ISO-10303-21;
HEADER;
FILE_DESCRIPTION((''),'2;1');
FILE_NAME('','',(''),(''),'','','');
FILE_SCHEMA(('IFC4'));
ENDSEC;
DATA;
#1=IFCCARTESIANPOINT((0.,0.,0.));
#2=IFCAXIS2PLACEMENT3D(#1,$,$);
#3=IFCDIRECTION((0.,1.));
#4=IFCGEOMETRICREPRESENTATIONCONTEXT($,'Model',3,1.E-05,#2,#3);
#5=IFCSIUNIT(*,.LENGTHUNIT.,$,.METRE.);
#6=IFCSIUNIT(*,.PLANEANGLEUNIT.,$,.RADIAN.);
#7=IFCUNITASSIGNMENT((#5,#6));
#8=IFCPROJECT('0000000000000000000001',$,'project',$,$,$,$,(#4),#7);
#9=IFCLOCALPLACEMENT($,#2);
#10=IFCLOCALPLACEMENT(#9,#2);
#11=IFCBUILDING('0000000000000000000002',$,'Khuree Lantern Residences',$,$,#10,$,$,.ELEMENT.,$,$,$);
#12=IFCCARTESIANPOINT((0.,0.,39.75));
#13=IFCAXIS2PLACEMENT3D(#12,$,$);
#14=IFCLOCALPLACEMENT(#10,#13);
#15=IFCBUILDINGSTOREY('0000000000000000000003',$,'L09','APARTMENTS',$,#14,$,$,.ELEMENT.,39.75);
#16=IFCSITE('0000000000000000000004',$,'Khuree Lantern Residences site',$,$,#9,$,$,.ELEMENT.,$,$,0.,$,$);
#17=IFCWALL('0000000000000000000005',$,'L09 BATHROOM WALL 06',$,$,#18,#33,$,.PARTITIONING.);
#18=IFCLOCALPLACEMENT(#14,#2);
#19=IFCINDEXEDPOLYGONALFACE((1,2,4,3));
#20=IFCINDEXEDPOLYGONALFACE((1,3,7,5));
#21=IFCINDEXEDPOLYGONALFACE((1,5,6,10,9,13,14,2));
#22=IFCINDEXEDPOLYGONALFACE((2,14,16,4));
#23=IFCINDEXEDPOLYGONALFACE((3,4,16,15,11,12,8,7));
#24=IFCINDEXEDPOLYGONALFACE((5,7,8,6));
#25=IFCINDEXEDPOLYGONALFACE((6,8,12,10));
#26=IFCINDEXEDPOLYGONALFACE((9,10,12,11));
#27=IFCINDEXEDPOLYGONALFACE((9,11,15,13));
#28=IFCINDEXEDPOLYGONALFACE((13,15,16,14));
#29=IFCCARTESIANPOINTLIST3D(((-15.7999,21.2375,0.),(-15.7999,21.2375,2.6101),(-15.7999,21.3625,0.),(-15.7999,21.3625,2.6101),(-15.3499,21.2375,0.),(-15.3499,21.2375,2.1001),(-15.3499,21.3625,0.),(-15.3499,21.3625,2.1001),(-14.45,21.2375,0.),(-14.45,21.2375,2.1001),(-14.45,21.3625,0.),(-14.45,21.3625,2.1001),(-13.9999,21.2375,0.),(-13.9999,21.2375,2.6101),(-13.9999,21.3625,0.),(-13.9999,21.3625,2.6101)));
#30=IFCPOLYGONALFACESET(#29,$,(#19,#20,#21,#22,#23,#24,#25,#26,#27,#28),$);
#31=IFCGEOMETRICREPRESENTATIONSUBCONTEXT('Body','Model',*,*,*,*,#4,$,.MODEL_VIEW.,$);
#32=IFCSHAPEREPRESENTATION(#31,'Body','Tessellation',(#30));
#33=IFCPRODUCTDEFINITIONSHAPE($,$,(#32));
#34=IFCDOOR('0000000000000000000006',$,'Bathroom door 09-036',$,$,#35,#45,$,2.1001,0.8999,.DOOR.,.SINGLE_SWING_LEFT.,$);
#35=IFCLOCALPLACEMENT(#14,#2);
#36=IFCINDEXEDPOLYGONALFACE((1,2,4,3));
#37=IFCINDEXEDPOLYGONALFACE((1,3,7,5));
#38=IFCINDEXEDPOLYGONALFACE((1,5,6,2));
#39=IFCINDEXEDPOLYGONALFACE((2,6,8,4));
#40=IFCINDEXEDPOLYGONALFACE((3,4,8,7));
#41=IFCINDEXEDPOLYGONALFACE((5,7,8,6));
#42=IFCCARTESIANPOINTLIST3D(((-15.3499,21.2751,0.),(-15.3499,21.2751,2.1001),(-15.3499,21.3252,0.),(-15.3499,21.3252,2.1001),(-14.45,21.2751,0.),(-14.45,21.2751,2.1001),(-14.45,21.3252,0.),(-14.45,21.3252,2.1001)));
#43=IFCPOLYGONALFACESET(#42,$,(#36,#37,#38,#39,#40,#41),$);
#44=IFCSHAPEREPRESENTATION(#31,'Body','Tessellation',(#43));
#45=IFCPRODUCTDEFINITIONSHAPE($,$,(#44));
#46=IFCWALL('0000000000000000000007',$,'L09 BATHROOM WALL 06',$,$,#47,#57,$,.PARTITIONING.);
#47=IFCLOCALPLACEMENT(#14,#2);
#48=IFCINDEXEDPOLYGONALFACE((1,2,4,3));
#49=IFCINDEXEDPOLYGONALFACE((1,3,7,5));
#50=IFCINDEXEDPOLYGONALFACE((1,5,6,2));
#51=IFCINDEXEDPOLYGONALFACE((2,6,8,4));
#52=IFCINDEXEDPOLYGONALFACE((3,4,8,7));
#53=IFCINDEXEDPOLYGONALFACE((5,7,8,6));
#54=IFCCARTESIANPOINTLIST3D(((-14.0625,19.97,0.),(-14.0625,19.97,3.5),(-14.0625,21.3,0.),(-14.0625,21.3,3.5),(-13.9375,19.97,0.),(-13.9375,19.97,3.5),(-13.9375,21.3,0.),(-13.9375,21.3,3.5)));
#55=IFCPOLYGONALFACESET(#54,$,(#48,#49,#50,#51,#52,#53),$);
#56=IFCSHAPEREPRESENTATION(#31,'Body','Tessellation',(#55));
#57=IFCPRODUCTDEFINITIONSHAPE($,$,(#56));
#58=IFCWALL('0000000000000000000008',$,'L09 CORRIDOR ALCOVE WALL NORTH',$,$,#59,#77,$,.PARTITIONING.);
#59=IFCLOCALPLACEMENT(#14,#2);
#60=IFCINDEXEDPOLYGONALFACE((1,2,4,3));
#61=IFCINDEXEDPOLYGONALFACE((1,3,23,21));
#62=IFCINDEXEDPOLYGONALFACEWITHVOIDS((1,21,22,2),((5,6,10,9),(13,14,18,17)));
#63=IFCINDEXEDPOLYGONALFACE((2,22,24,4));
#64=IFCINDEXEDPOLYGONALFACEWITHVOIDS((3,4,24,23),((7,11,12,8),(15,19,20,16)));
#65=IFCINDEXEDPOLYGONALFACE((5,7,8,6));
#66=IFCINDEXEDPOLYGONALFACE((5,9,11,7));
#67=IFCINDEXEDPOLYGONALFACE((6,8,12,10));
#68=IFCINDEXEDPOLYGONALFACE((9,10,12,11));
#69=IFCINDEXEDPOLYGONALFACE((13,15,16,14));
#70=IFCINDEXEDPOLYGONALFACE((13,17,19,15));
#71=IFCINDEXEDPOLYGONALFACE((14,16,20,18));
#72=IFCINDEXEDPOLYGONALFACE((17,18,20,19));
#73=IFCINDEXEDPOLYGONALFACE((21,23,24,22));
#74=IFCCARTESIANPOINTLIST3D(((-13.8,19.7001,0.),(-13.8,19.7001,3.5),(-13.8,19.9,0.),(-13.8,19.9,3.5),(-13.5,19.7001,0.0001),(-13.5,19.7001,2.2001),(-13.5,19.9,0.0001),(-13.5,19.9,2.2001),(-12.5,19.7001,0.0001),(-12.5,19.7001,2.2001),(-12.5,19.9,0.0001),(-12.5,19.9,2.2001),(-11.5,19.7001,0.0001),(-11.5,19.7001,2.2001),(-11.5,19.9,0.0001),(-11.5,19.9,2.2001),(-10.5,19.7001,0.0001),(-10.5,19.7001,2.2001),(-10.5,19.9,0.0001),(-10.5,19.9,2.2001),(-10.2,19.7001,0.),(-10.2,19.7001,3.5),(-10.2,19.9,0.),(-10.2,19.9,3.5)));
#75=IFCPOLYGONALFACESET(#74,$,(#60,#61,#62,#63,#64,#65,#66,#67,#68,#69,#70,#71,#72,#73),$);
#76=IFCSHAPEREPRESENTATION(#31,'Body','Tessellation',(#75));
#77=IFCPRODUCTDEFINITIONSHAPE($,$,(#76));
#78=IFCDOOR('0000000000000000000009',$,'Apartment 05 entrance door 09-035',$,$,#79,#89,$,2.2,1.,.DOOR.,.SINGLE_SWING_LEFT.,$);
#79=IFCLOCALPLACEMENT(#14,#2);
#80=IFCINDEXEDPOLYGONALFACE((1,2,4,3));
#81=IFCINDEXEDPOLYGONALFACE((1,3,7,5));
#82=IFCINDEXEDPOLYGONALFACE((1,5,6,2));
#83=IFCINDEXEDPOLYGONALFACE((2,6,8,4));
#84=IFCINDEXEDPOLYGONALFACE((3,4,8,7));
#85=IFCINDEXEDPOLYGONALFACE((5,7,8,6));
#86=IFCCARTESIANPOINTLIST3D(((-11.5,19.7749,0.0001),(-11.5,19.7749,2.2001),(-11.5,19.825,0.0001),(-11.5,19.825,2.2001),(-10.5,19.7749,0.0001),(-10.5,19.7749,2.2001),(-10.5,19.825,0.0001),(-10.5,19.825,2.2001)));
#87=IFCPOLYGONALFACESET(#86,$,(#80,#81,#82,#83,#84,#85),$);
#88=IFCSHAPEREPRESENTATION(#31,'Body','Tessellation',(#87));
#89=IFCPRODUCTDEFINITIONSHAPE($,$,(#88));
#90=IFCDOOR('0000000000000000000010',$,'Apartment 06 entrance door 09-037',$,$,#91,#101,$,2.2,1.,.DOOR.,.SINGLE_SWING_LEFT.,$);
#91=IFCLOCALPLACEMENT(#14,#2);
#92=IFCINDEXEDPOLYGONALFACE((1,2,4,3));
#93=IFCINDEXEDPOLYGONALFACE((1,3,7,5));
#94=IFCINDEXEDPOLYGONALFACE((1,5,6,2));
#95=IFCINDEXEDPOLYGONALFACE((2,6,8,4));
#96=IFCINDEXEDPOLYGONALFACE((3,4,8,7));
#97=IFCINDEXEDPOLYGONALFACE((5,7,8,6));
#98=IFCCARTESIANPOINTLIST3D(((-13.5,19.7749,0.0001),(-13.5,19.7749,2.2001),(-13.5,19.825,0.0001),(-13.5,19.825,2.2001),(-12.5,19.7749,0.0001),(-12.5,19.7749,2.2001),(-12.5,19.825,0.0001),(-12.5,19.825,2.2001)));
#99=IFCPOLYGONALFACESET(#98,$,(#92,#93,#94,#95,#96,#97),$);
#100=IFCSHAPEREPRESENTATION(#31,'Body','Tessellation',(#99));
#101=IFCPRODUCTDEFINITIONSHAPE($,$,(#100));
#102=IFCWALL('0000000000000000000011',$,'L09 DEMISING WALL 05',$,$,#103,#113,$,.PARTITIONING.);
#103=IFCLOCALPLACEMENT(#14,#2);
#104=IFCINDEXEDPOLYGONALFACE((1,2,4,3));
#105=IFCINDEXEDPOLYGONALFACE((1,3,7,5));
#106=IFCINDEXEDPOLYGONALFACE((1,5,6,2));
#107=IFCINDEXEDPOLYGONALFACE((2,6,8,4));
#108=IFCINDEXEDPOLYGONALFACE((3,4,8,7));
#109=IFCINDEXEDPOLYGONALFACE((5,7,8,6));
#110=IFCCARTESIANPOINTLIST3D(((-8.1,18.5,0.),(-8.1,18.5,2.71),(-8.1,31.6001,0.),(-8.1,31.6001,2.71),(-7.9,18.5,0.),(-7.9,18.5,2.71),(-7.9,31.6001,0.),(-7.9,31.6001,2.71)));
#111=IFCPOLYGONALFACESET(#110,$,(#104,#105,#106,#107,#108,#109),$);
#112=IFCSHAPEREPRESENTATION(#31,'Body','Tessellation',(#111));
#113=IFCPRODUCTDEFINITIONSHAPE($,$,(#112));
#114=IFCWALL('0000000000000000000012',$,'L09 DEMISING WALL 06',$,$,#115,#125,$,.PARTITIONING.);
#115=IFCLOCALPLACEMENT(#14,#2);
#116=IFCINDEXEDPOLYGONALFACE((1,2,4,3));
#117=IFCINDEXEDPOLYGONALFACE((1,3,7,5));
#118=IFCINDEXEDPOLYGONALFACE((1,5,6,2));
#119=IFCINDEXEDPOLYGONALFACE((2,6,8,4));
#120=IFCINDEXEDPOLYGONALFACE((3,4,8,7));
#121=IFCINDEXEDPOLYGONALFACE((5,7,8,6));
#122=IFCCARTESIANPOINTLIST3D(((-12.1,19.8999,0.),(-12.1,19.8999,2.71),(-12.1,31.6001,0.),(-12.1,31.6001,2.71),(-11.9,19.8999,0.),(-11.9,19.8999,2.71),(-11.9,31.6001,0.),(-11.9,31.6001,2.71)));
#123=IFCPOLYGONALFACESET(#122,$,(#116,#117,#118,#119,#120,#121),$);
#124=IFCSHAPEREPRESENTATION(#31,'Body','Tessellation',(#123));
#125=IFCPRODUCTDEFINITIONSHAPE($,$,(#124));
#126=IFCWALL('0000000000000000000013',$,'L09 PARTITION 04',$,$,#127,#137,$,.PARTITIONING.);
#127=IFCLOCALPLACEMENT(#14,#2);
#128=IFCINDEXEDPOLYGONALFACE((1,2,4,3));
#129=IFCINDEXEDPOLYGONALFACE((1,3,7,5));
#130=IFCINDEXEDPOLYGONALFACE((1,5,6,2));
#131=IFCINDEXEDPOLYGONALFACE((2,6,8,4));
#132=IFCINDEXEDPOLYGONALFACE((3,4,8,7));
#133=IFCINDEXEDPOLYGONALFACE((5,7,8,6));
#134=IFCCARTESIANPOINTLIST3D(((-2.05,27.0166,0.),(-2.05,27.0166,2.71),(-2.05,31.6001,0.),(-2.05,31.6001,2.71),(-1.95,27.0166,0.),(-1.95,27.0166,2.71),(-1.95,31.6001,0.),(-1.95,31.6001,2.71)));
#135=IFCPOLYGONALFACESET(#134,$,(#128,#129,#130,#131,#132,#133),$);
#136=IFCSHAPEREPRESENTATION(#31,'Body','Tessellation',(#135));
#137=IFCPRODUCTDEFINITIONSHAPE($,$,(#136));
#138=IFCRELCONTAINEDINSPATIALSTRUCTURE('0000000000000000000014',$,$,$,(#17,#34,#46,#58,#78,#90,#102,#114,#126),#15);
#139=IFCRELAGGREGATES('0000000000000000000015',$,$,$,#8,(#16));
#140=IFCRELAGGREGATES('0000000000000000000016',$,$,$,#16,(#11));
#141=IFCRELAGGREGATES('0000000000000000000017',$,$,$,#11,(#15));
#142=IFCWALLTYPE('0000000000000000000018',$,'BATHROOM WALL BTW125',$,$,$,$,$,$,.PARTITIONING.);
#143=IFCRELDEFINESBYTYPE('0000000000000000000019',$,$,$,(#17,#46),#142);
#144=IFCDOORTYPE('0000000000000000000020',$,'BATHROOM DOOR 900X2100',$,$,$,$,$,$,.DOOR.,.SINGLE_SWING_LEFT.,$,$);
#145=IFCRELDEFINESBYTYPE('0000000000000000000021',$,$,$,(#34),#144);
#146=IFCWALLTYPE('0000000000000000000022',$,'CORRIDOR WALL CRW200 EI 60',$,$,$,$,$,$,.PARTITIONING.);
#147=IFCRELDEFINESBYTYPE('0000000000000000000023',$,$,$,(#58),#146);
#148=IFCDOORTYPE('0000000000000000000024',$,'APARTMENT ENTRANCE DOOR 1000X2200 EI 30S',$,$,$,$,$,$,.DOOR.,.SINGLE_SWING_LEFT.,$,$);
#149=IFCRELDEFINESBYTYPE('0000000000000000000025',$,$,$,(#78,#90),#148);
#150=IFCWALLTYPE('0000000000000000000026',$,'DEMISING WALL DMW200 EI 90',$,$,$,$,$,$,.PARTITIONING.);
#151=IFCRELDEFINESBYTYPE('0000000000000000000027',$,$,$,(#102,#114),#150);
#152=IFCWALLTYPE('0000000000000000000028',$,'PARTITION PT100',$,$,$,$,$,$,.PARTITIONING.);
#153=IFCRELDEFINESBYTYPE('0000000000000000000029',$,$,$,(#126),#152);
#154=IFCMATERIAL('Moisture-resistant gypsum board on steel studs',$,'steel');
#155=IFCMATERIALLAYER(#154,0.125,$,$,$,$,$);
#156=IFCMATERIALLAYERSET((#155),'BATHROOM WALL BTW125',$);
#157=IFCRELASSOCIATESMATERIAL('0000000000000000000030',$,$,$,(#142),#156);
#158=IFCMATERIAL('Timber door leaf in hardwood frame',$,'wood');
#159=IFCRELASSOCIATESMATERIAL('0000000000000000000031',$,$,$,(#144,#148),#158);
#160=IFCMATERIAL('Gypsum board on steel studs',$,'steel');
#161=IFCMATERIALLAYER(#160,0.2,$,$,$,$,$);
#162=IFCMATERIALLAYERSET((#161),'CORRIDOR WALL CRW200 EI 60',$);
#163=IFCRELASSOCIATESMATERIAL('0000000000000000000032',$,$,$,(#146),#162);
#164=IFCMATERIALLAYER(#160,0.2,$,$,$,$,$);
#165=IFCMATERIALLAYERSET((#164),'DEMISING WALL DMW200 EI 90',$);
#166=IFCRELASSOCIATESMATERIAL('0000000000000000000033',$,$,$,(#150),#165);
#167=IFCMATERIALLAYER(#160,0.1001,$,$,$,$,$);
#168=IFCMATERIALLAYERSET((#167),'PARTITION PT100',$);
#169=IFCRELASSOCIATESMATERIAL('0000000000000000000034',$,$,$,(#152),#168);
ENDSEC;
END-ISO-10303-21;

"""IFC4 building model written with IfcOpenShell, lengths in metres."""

from ifc_helpers import new_model, si_unit, direction, frame, frame_2d, origin, place, context, subcontext, project, spatial, rectangle, extrude, material, layer, layer_set, type_object, element, fill, save


model = new_model("IFC4")

# Units and contexts
model_context = context("Model", 3, precision=1e-05, world=origin(), true_north=direction((0.0, 1.0)))
body_context = subcontext(model_context, "Body", "Model", "MODEL_VIEW")
ifc_project = project(units=[si_unit("LENGTHUNIT", "METRE"), si_unit("PLANEANGLEUNIT", "RADIAN")], contexts=[model_context])

# Site, building, storey
site_placement = place(None, origin())
site = spatial("IfcSite", under=ifc_project, at=site_placement, Name="Khuree Lantern Residences site", CompositionType="ELEMENT", RefElevation=0.0)
building_placement = place(site_placement, origin())
building = spatial("IfcBuilding", under=site, at=building_placement, Name="Khuree Lantern Residences", CompositionType="ELEMENT")
storey_placement = place(building_placement, frame((0.0, 0.0, 39.75)))
storey = spatial("IfcBuildingStorey", under=building, at=storey_placement, Name="L09", Description="APARTMENTS", CompositionType="ELEMENT", Elevation=39.75)

# Wall, opening, door
ifc_material_1 = material(Name="Moisture-resistant gypsum board on steel studs", Category="steel")
ifc_layer_1 = layer(ifc_material_1, 0.125)
ifc_layer_set_1 = layer_set([ifc_layer_1], Name="BATHROOM WALL BTW125")
wall_type_1 = type_object("IfcWallType", Name="BATHROOM WALL BTW125", PredefinedType="PARTITIONING", material=ifc_layer_set_1)
ifc_material_2 = material(Name="Timber door leaf in hardwood frame", Category="wood")
door_type_1 = type_object("IfcDoorType", Name="BATHROOM DOOR 900X2100", OperationType="SINGLE_SWING_LEFT", PredefinedType="DOOR", material=ifc_material_2)
wall_1_placement = place(storey_placement, frame((-14.0, 21.3, 0.0), z_axis=(0.0, 0.0, 1.0), x_axis=(-1.0, 0.0, 0.0)))
wall_1 = element("IfcWall", 1, at=wall_1_placement, inside=storey, type_object=wall_type_1, Name="L09 BATHROOM WALL 06", PredefinedType="PARTITIONING", context=body_context, shape_type="SweptSolid", body=[
    extrude(rectangle(XDim=1.8, YDim=0.125, at=frame_2d((0.8999, 0.0))), origin(), (0.0, 0.0, 1.0), 2.6101),
])
opening_1_placement = place(wall_1_placement, frame((0.45, 0.0, 0.0)))
opening_1 = element("IfcOpeningElement", 2, at=opening_1_placement, cuts=wall_1, PredefinedType="OPENING", context=body_context, shape_type="SweptSolid", body=[
    extrude(rectangle(XDim=0.8999, YDim=2.1001, at=frame_2d((0.45, 1.05))), frame((0.0, 0.0725, 0.0), z_axis=(0.0, -1.0, 0.0), x_axis=(1.0, 0.0, 0.0)), (0.0, 0.0, 1.0), 0.145),
])
door_1_placement = place(opening_1_placement, origin())
door_1 = element("IfcDoor", 3, at=door_1_placement, inside=storey, type_object=door_type_1, Name="Bathroom door 09-036", OperationType="SINGLE_SWING_LEFT", OverallHeight=2.1001, OverallWidth=0.8999, PredefinedType="DOOR", context=body_context, shape_type="SweptSolid", body=[
    extrude(rectangle(XDim=0.8999, YDim=2.1001, at=frame_2d((0.45, 1.05))), frame((0.0, 0.0249, 0.0), z_axis=(0.0, -1.0, 0.0), x_axis=(1.0, 0.0, 0.0)), (0.0, 0.0, 1.0), 0.05),
])
fill(opening_1, door_1)

# Wall
wall_2_placement = place(storey_placement, frame((-14.0, 19.97, 0.0), z_axis=(0.0, 0.0, 1.0), x_axis=(0.0, 1.0, 0.0)))
element("IfcWall", 4, at=wall_2_placement, inside=storey, type_object=wall_type_1, Name="L09 BATHROOM WALL 06", PredefinedType="PARTITIONING", context=body_context, shape_type="SweptSolid", body=[
    extrude(rectangle(XDim=1.3301, YDim=0.125, at=frame_2d((0.665, 0.0))), origin(), (0.0, 0.0, 1.0), 3.5),
])

# Wall, openings, doors
ifc_material_3 = material(Name="Gypsum board on steel studs", Category="steel")
ifc_layer_2 = layer(ifc_material_3, 0.2)
ifc_layer_set_2 = layer_set([ifc_layer_2], Name="CORRIDOR WALL CRW200 EI 60")
wall_type_2 = type_object("IfcWallType", Name="CORRIDOR WALL CRW200 EI 60", PredefinedType="PARTITIONING", material=ifc_layer_set_2)
wall_3_placement = place(storey_placement, frame((-13.8, 19.8, 0.0), z_axis=(0.0, 0.0, 1.0), x_axis=(1.0, 0.0, 0.0)))
wall_3 = element("IfcWall", 5, at=wall_3_placement, inside=storey, type_object=wall_type_2, Name="L09 CORRIDOR ALCOVE WALL NORTH", PredefinedType="PARTITIONING", context=body_context, shape_type="SweptSolid", body=[
    extrude(rectangle(XDim=3.6001, YDim=0.2, at=frame_2d((1.8, 0.0))), origin(), (0.0, 0.0, 1.0), 3.5),
])
opening_2_placement = place(wall_3_placement, frame((2.3, 0.0, 0.0)))
opening_2 = element("IfcOpeningElement", 6, at=opening_2_placement, cuts=wall_3, PredefinedType="OPENING", context=body_context, shape_type="SweptSolid", body=[
    extrude(rectangle(XDim=1.0, YDim=2.2, at=frame_2d((0.5, 1.1001))), frame((0.0, 0.1099, 0.0), z_axis=(0.0, -1.0, 0.0), x_axis=(1.0, 0.0, 0.0)), (0.0, 0.0, 1.0), 0.22),
])
opening_3_placement = place(wall_3_placement, frame((0.3, 0.0, 0.0)))
opening_3 = element("IfcOpeningElement", 7, at=opening_3_placement, cuts=wall_3, PredefinedType="OPENING", context=body_context, shape_type="SweptSolid", body=[
    extrude(rectangle(XDim=1.0, YDim=2.2, at=frame_2d((0.5, 1.1001))), frame((0.0, 0.1099, 0.0), z_axis=(0.0, -1.0, 0.0), x_axis=(1.0, 0.0, 0.0)), (0.0, 0.0, 1.0), 0.22),
])
door_type_2 = type_object("IfcDoorType", Name="APARTMENT ENTRANCE DOOR 1000X2200 EI 30S", OperationType="SINGLE_SWING_LEFT", PredefinedType="DOOR", material=ifc_material_2)
door_2_placement = place(opening_2_placement, origin())
door_2 = element("IfcDoor", 8, at=door_2_placement, inside=storey, type_object=door_type_2, Name="Apartment 05 entrance door 09-035", OperationType="SINGLE_SWING_LEFT", OverallHeight=2.2, OverallWidth=1.0, PredefinedType="DOOR", context=body_context, shape_type="SweptSolid", body=[
    extrude(rectangle(XDim=1.0, YDim=2.2, at=frame_2d((0.5, 1.1001))), frame((0.0, 0.0249, 0.0), z_axis=(0.0, -1.0, 0.0), x_axis=(1.0, 0.0, 0.0)), (0.0, 0.0, 1.0), 0.05),
])
fill(opening_2, door_2)
door_3_placement = place(opening_3_placement, origin())
door_3 = element("IfcDoor", 9, at=door_3_placement, inside=storey, type_object=door_type_2, Name="Apartment 06 entrance door 09-037", OperationType="SINGLE_SWING_LEFT", OverallHeight=2.2, OverallWidth=1.0, PredefinedType="DOOR", context=body_context, shape_type="SweptSolid", body=[
    extrude(rectangle(XDim=1.0, YDim=2.2, at=frame_2d((0.5, 1.1001))), frame((0.0, 0.0249, 0.0), z_axis=(0.0, -1.0, 0.0), x_axis=(1.0, 0.0, 0.0)), (0.0, 0.0, 1.0), 0.05),
])
fill(opening_3, door_3)

# Walls
ifc_layer_3 = layer(ifc_material_3, 0.2)
ifc_layer_set_3 = layer_set([ifc_layer_3], Name="DEMISING WALL DMW200 EI 90")
wall_type_3 = type_object("IfcWallType", Name="DEMISING WALL DMW200 EI 90", PredefinedType="PARTITIONING", material=ifc_layer_set_3)
wall_4_placement = place(storey_placement, frame((-8.0, 18.5, 0.0), z_axis=(0.0, 0.0, 1.0), x_axis=(0.0, 1.0, 0.0)))
element("IfcWall", 10, at=wall_4_placement, inside=storey, type_object=wall_type_3, Name="L09 DEMISING WALL 05", PredefinedType="PARTITIONING", context=body_context, shape_type="SweptSolid", body=[
    extrude(rectangle(XDim=13.1001, YDim=0.2, at=frame_2d((6.55, 0.0))), origin(), (0.0, 0.0, 1.0), 2.71),
])
wall_5_placement = place(storey_placement, frame((-12.0, 19.8999, 0.0), z_axis=(0.0, 0.0, 1.0), x_axis=(0.0, 1.0, 0.0)))
element("IfcWall", 11, at=wall_5_placement, inside=storey, type_object=wall_type_3, Name="L09 DEMISING WALL 06", PredefinedType="PARTITIONING", context=body_context, shape_type="SweptSolid", body=[
    extrude(rectangle(XDim=11.7002, YDim=0.2, at=frame_2d((5.8501, 0.0))), origin(), (0.0, 0.0, 1.0), 2.71),
])
ifc_layer_4 = layer(ifc_material_3, 0.1001)
ifc_layer_set_4 = layer_set([ifc_layer_4], Name="PARTITION PT100")
wall_type_4 = type_object("IfcWallType", Name="PARTITION PT100", PredefinedType="PARTITIONING", material=ifc_layer_set_4)
wall_6_placement = place(storey_placement, frame((-2.0, 27.0166, 0.0), z_axis=(0.0, 0.0, 1.0), x_axis=(0.0, 1.0, 0.0)))
element("IfcWall", 12, at=wall_6_placement, inside=storey, type_object=wall_type_4, Name="L09 PARTITION 04", PredefinedType="PARTITIONING", context=body_context, shape_type="SweptSolid", body=[
    extrude(rectangle(XDim=4.5835, YDim=0.1001, at=frame_2d((2.2917, 0.0))), origin(), (0.0, 0.0, 1.0), 2.71),
])

save(model, "model.ifc")
